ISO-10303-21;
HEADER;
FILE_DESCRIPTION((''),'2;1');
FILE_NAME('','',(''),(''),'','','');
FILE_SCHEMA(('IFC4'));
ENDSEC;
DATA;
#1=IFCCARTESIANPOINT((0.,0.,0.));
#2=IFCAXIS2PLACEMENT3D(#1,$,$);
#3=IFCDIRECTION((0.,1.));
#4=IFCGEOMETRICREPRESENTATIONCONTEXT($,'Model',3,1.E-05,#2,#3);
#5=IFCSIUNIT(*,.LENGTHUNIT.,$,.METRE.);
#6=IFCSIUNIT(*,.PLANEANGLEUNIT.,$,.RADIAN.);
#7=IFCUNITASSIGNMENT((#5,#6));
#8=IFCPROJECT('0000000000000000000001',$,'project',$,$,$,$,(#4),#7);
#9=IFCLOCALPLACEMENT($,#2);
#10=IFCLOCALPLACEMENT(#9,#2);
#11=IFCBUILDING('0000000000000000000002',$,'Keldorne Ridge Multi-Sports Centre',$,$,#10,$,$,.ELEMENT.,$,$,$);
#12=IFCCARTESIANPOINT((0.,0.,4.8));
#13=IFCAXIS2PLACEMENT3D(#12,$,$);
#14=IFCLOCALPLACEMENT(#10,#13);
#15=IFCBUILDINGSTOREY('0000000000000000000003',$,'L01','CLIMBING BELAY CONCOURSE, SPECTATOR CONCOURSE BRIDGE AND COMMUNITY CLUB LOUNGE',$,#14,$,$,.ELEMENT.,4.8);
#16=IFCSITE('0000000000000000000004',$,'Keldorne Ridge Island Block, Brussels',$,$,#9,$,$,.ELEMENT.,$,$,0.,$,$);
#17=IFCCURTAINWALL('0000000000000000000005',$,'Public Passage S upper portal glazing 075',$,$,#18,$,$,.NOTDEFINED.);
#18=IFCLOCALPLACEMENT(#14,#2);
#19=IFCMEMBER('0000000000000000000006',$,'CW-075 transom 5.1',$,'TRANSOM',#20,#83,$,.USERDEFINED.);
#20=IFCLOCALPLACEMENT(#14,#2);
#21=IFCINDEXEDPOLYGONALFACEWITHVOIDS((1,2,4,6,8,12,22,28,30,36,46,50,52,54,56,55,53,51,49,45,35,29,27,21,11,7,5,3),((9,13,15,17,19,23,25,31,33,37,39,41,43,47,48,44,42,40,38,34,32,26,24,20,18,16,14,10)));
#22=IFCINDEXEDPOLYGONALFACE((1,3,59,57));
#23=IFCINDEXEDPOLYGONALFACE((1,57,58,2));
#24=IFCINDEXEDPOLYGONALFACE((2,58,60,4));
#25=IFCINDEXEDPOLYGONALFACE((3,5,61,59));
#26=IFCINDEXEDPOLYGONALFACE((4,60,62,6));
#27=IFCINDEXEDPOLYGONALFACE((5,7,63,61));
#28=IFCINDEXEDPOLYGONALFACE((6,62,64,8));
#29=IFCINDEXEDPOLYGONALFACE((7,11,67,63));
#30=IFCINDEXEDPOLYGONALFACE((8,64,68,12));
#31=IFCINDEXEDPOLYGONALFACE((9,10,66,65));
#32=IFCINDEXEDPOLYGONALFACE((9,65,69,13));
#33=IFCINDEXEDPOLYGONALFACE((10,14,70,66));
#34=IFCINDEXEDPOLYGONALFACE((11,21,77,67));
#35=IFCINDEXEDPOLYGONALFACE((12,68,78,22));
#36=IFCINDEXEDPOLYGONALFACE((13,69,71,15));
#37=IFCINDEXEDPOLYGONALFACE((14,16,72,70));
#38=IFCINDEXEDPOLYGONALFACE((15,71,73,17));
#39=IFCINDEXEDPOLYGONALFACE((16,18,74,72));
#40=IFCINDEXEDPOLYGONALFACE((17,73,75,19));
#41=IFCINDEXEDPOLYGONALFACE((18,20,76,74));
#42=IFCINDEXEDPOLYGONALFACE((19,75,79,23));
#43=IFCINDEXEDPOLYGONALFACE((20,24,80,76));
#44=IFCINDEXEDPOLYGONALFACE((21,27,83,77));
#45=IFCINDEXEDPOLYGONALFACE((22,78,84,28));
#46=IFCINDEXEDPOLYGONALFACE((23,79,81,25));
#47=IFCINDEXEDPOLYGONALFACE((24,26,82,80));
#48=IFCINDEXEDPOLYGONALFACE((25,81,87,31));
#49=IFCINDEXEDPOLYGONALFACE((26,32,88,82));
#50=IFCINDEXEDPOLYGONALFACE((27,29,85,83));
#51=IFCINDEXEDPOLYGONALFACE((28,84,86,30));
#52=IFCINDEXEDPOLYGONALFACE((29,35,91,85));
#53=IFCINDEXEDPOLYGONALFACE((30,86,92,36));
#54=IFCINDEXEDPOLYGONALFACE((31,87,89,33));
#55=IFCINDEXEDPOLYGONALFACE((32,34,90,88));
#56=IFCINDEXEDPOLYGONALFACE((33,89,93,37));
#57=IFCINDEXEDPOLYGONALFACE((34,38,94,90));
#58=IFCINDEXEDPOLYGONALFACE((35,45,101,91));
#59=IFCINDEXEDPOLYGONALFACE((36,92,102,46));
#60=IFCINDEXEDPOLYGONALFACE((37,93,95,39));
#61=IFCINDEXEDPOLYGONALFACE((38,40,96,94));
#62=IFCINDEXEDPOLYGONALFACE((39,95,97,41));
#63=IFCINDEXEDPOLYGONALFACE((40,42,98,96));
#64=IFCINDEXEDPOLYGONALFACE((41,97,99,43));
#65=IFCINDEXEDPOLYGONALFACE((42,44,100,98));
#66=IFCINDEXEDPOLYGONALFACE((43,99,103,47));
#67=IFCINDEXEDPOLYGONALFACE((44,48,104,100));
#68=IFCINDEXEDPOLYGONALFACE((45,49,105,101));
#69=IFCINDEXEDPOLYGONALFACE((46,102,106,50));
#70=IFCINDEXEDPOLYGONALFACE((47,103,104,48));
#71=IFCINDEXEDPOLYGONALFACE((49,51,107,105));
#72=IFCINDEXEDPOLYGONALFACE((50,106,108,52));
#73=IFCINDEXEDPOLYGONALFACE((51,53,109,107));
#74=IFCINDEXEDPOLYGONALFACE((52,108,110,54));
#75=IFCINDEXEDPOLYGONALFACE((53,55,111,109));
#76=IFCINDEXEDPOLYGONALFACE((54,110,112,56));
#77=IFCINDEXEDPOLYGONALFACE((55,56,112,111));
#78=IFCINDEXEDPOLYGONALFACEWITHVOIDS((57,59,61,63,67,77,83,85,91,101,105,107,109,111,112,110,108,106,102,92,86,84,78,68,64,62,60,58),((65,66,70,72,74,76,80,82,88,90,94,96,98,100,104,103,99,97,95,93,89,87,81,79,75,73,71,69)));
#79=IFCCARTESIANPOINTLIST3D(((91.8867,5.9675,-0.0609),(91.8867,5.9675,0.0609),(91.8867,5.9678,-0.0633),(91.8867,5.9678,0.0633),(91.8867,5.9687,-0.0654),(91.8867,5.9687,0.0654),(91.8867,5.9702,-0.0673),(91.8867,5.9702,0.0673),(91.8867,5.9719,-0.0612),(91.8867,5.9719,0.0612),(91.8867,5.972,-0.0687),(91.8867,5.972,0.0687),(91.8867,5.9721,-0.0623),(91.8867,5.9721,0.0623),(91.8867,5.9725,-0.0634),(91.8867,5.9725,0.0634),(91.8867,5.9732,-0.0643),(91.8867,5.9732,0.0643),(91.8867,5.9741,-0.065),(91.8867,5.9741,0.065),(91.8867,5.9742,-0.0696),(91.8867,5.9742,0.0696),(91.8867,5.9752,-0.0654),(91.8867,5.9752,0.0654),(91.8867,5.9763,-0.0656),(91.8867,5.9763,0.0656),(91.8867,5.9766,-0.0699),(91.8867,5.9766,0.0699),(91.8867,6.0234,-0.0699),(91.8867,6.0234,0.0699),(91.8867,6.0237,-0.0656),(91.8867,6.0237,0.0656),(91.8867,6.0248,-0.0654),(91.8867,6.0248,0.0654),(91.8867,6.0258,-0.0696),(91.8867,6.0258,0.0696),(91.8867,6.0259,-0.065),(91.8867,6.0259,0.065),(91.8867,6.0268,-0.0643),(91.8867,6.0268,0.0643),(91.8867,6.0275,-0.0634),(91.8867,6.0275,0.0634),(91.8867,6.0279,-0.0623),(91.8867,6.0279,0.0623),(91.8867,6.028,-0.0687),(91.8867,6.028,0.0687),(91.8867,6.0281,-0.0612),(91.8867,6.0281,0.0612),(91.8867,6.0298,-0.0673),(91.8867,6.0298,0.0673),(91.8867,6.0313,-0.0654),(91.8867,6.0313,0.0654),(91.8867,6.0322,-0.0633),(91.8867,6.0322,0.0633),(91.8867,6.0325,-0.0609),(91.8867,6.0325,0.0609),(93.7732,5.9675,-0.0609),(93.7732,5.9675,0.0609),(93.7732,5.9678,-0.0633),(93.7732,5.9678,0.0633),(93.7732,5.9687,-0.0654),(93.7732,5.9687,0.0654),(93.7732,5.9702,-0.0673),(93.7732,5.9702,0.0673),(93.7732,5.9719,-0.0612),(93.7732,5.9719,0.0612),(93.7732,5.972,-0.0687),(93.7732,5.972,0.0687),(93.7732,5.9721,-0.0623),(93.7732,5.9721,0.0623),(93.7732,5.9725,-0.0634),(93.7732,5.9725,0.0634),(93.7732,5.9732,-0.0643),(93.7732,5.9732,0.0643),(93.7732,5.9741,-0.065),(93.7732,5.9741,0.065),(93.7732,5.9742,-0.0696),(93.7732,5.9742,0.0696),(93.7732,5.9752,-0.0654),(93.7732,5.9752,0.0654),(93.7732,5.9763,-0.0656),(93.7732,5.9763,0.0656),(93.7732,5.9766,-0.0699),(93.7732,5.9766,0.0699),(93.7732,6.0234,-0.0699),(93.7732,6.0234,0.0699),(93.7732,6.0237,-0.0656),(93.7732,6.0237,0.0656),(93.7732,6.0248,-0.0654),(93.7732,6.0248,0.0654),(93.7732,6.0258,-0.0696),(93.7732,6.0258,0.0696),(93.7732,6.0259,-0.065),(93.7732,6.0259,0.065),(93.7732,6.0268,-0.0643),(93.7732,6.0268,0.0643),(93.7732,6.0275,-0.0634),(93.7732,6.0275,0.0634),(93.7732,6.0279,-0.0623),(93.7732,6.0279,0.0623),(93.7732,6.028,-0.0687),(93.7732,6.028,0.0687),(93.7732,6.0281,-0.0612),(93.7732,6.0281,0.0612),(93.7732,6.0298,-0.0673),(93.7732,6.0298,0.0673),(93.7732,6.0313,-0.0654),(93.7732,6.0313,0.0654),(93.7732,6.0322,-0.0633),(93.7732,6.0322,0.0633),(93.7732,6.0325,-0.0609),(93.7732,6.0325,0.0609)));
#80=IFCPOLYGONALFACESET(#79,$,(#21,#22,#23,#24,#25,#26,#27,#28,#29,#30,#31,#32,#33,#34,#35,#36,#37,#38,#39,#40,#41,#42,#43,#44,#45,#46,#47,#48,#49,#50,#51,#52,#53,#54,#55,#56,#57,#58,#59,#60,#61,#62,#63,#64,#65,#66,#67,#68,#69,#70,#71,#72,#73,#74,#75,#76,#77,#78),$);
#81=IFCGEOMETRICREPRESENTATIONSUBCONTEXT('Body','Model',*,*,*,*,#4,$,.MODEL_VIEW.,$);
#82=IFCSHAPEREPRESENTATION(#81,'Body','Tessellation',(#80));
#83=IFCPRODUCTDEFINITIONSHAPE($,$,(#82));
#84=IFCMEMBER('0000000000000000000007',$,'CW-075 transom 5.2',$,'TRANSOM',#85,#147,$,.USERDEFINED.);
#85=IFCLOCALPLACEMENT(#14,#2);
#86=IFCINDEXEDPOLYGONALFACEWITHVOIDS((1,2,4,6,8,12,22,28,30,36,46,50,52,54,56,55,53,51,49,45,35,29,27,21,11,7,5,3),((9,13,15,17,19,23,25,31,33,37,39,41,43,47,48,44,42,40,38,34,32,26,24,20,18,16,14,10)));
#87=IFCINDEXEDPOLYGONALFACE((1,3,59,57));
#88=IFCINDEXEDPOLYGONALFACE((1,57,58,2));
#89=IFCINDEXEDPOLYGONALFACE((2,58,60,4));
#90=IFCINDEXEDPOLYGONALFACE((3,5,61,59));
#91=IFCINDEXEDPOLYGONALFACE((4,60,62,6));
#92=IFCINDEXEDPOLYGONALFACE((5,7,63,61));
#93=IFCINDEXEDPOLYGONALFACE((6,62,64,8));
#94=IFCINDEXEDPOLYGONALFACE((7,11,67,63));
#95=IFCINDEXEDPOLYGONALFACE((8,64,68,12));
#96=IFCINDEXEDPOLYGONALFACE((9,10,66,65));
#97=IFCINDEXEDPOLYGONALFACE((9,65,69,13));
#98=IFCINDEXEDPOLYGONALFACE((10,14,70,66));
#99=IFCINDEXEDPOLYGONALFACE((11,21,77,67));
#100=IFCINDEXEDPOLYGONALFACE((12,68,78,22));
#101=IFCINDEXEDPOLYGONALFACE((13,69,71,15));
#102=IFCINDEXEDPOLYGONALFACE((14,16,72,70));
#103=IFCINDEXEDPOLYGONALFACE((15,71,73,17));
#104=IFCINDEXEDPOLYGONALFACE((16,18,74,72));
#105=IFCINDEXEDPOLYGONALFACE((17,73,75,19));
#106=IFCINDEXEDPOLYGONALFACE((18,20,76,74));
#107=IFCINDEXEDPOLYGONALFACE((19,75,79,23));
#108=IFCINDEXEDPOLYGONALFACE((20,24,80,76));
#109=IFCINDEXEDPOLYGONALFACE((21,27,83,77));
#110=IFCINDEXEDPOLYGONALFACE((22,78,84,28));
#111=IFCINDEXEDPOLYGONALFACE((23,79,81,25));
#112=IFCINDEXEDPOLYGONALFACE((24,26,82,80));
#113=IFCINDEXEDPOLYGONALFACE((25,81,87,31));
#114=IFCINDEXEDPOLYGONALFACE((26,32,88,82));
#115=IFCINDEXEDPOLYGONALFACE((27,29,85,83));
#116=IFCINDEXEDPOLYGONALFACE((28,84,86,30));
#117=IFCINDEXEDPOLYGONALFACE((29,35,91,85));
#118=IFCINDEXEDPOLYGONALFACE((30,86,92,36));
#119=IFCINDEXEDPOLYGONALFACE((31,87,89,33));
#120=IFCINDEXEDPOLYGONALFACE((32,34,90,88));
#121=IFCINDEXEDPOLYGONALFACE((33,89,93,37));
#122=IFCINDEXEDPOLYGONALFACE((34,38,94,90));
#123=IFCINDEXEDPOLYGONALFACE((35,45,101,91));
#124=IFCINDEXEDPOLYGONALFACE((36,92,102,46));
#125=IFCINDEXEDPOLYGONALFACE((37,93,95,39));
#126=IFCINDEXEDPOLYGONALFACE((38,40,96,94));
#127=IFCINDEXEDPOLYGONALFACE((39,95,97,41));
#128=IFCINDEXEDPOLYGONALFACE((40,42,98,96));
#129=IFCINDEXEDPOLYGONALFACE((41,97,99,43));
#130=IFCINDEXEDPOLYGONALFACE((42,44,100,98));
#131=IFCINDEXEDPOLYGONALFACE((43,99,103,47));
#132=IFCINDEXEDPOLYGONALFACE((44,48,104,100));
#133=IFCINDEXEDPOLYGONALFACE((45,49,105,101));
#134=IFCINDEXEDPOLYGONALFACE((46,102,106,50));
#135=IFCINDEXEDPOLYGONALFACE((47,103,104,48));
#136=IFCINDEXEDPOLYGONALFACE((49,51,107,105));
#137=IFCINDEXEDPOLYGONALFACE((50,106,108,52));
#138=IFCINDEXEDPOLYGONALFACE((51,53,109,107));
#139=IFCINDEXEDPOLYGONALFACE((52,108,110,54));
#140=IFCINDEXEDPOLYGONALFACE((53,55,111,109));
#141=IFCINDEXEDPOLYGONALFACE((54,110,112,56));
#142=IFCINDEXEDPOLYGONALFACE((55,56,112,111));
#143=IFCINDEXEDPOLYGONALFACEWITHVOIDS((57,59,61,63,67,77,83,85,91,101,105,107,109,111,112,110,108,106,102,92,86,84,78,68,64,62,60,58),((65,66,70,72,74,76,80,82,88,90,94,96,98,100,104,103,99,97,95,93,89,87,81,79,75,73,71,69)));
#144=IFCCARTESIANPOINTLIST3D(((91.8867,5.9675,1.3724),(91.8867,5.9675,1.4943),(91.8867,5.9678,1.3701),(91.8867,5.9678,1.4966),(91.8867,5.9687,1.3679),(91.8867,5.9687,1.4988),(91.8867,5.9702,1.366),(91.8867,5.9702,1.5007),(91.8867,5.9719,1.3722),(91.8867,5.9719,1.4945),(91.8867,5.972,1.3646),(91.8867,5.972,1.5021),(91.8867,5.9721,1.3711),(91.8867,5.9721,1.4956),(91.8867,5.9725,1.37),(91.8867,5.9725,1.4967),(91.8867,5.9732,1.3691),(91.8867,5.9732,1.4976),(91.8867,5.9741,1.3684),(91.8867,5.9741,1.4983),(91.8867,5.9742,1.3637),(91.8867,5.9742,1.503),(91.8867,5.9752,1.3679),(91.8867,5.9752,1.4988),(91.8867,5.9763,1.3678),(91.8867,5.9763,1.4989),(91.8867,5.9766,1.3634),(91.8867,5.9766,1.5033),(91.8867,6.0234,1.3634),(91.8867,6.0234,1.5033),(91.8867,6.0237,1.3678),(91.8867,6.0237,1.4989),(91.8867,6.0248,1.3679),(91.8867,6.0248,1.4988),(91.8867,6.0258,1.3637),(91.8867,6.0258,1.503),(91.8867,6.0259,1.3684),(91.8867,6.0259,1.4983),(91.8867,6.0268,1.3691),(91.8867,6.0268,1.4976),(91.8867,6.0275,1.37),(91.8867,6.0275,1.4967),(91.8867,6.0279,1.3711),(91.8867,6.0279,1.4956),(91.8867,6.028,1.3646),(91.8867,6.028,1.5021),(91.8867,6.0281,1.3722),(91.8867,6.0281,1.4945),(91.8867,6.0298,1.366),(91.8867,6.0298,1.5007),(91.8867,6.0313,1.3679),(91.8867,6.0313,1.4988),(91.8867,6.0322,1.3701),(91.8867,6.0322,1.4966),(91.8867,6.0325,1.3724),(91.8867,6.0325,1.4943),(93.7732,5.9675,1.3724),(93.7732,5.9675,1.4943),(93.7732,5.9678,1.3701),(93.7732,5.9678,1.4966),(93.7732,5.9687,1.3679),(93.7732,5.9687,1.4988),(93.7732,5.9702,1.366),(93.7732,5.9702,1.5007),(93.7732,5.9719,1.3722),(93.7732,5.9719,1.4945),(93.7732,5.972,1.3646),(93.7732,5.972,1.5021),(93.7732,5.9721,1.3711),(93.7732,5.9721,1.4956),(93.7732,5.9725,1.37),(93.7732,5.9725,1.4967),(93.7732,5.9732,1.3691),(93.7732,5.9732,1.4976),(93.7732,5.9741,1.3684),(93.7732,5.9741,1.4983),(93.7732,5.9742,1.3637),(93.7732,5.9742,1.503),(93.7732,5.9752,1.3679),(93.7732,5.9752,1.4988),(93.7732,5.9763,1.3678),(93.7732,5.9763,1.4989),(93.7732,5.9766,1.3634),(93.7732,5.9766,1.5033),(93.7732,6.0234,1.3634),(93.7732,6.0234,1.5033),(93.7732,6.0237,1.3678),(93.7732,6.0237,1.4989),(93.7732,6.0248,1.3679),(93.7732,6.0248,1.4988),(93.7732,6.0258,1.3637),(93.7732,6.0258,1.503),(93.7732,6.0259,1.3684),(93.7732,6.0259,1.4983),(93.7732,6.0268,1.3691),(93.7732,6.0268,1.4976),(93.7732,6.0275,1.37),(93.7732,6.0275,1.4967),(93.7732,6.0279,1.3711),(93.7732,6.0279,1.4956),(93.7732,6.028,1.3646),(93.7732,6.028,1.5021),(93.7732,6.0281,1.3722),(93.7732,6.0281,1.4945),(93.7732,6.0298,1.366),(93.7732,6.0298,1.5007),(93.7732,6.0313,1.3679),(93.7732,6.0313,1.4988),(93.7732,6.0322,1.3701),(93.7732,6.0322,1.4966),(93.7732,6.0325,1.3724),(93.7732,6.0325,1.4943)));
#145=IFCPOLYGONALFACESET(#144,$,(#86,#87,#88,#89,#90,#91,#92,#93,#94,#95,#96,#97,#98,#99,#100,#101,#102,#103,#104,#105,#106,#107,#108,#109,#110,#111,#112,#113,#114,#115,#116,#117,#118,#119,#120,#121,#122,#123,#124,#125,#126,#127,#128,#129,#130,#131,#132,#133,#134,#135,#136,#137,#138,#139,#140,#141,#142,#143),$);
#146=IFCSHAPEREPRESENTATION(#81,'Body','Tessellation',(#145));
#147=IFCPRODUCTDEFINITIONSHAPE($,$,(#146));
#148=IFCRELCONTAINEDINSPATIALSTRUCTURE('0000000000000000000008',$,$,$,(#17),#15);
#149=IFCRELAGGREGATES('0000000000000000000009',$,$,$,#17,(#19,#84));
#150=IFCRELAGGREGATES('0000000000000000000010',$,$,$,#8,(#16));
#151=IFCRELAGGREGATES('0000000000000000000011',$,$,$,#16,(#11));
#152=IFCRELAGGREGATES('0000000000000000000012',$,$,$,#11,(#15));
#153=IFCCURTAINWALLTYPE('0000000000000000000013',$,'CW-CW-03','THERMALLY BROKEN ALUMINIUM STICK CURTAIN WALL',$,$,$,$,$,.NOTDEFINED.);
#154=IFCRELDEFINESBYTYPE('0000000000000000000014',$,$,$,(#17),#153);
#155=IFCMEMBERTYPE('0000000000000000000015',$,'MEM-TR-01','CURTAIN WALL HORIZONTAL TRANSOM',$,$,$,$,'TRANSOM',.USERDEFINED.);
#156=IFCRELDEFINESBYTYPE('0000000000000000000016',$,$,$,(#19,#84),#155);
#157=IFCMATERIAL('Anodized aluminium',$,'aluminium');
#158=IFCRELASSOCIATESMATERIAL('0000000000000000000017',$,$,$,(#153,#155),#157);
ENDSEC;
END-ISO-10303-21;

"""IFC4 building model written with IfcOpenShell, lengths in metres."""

from ifc_helpers import new_model, si_unit, direction, frame, origin, origin_2d, place, context, subcontext, project, spatial, hollow_rectangle, extrude, material, material_profile, profile_set, type_object, element, aggregate, save


model = new_model("IFC4")

# Units and contexts
model_context = context("Model", 3, precision=1e-05, world=origin(), true_north=direction((0.0, 1.0)))
body_context = subcontext(model_context, "Body", "Model", "MODEL_VIEW")
ifc_project = project(units=[si_unit("LENGTHUNIT", "METRE"), si_unit("PLANEANGLEUNIT", "RADIAN")], contexts=[model_context])

# Site, building, storey
site_placement = place(None, origin())
site = spatial("IfcSite", under=ifc_project, at=site_placement, Name="Keldorne Ridge Island Block, Brussels", CompositionType="ELEMENT", RefElevation=0.0)
building_placement = place(site_placement, origin())
building = spatial("IfcBuilding", under=site, at=building_placement, Name="Keldorne Ridge Multi-Sports Centre", CompositionType="ELEMENT")
storey_placement = place(building_placement, frame((0.0, 0.0, 4.8)))
storey = spatial("IfcBuildingStorey", under=building, at=storey_placement, Name="L01", Description="CLIMBING BELAY CONCOURSE, SPECTATOR CONCOURSE BRIDGE AND COMMUNITY CLUB LOUNGE", CompositionType="ELEMENT", Elevation=4.8)

# Curtain wall, members
ifc_material_1 = material(Name="Anodized aluminium", Category="aluminium")
curtain_wall_type = type_object("IfcCurtainWallType", Name="CW-CW-03", Description="THERMALLY BROKEN ALUMINIUM STICK CURTAIN WALL", PredefinedType="NOTDEFINED", material=ifc_material_1)
curtain_wall_placement = place(storey_placement, origin())
curtain_wall = element("IfcCurtainWall", 1, at=curtain_wall_placement, inside=storey, type_object=curtain_wall_type, Name="Public Passage S upper portal glazing 075", PredefinedType="NOTDEFINED")
ifc_material_profile_1 = material_profile(ifc_material_1, hollow_rectangle(XDim=0.0649, YDim=0.1399, WallThickness=0.0044, InnerFilletRadius=0.0044, OuterFilletRadius=0.009, at=origin_2d()), Name="ALU TRANSOM 140x65x4.5")
ifc_profile_set_1 = profile_set([ifc_material_profile_1], Name="Anodized aluminium")
member_type_1 = type_object("IfcMemberType", Name="MEM-TR-01", Description="CURTAIN WALL HORIZONTAL TRANSOM", ElementType="TRANSOM", PredefinedType="USERDEFINED", material=ifc_profile_set_1)
member_1_placement = place(storey_placement, frame((91.8867, 6.0, 0.0), z_axis=(1.0, 0.0, 0.0), x_axis=(0.0, 1.0, 0.0)))
member_1 = element("IfcMember", 2, at=member_1_placement, type_object=member_type_1, Name="CW-075 transom 5.1", ObjectType="TRANSOM", PredefinedType="USERDEFINED", context=body_context, shape_type="SweptSolid", body=[
    extrude(hollow_rectangle(XDim=0.0649, YDim=0.1399, WallThickness=0.0044, InnerFilletRadius=0.0044, OuterFilletRadius=0.009, at=origin_2d()), origin(), (0.0, 0.0, 1.0), 1.8865),
])
member_2_placement = place(storey_placement, frame((91.8867, 6.0, 1.4333), z_axis=(1.0, 0.0, 0.0), x_axis=(0.0, 1.0, 0.0)))
member_2 = element("IfcMember", 3, at=member_2_placement, type_object=member_type_1, Name="CW-075 transom 5.2", ObjectType="TRANSOM", PredefinedType="USERDEFINED", context=body_context, shape_type="SweptSolid", body=[
    extrude(hollow_rectangle(XDim=0.0649, YDim=0.1399, WallThickness=0.0044, InnerFilletRadius=0.0044, OuterFilletRadius=0.009, at=origin_2d()), origin(), (0.0, 0.0, 1.0), 1.8865),
])
aggregate(curtain_wall, [member_1, member_2])

save(model, "model.ifc")
